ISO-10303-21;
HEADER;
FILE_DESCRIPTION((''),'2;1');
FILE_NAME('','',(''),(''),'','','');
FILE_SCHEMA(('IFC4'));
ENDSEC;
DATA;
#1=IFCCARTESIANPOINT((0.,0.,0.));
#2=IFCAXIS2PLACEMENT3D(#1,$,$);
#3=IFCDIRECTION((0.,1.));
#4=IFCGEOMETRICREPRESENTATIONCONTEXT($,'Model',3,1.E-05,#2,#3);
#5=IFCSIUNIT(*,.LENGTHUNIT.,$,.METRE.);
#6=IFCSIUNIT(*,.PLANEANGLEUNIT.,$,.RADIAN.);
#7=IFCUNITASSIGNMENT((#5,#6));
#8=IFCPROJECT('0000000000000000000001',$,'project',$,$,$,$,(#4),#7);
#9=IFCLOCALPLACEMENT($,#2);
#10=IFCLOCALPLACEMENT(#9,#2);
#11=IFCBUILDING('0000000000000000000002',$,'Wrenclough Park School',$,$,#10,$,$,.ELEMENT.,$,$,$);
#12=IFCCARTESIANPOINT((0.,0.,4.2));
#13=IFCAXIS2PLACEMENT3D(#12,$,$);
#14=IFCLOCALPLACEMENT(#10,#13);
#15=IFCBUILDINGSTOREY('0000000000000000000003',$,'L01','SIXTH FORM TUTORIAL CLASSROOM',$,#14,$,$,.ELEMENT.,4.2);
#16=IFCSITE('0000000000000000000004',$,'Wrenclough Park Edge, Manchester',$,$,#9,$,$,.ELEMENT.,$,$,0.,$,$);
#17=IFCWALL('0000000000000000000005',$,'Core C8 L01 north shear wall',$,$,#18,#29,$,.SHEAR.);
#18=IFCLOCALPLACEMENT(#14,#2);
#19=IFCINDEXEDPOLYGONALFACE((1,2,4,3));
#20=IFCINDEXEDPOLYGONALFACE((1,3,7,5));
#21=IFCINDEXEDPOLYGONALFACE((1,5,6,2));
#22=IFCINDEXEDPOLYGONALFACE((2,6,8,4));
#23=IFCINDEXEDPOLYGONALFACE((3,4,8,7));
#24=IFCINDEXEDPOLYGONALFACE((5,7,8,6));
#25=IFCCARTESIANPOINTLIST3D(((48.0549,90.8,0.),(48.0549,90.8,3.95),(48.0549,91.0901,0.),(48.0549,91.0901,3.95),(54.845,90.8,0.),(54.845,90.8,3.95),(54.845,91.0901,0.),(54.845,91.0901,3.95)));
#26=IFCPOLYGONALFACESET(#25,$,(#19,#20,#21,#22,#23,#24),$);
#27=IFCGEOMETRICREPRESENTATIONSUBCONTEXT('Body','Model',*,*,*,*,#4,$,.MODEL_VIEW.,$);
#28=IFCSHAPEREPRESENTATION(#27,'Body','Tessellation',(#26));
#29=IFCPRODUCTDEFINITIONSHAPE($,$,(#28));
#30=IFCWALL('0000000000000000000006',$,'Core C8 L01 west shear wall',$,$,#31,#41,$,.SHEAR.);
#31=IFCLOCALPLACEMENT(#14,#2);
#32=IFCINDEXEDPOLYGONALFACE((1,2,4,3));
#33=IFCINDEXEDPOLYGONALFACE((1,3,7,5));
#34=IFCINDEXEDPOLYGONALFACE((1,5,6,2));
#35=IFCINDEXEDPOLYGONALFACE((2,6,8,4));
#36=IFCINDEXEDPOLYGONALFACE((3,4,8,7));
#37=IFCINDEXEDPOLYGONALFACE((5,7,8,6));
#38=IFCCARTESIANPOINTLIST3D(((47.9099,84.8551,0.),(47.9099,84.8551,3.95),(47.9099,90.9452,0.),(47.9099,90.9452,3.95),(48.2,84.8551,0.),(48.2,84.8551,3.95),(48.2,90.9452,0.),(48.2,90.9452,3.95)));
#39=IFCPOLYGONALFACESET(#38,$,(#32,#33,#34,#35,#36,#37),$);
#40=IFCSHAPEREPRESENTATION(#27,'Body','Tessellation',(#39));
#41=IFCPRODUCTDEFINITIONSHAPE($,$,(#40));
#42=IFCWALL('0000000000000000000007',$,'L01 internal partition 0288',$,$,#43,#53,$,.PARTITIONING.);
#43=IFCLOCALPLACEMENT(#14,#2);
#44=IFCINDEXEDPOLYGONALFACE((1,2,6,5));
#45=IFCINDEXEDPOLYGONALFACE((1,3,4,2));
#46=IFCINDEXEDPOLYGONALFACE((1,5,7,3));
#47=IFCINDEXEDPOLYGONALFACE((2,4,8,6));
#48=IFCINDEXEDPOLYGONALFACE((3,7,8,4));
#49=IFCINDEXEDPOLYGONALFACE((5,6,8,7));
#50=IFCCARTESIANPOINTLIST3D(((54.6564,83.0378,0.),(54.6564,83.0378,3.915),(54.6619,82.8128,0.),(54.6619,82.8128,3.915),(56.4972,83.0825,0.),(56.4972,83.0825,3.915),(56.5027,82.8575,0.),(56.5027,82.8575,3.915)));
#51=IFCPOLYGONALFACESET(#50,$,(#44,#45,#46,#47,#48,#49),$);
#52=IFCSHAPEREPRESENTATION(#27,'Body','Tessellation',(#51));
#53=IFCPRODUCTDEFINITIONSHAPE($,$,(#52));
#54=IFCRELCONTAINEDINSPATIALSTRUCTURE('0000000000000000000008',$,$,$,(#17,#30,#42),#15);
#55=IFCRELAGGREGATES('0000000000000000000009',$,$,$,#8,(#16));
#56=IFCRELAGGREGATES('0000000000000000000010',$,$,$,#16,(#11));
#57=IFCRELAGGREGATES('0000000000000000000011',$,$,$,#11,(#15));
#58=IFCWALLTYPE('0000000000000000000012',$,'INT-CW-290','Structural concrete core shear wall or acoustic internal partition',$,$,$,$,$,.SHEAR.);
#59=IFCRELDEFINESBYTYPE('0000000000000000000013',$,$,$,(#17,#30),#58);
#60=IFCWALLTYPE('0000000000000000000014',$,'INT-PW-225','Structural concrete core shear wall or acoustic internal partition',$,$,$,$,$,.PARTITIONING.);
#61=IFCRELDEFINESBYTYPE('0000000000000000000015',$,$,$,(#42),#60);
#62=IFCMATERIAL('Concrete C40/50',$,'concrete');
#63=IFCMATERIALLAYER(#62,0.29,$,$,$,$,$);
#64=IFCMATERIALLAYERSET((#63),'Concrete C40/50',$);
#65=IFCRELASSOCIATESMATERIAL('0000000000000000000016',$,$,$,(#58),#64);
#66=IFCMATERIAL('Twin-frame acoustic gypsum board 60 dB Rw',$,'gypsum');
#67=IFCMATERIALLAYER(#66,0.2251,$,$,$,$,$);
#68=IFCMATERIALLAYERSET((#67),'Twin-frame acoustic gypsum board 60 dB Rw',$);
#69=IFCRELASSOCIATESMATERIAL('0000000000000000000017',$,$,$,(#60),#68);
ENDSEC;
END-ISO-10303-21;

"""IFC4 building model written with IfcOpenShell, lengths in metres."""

from ifc_helpers import new_model, si_unit, direction, frame, frame_2d, origin, place, context, subcontext, project, spatial, rectangle, extrude, material, layer, layer_set, type_object, element, save


model = new_model("IFC4")

# Units and contexts
model_context = context("Model", 3, precision=1e-05, world=origin(), true_north=direction((0.0, 1.0)))
body_context = subcontext(model_context, "Body", "Model", "MODEL_VIEW")
ifc_project = project(units=[si_unit("LENGTHUNIT", "METRE"), si_unit("PLANEANGLEUNIT", "RADIAN")], contexts=[model_context])

# Site, building, storey
site_placement = place(None, origin())
site = spatial("IfcSite", under=ifc_project, at=site_placement, Name="Wrenclough Park Edge, Manchester", CompositionType="ELEMENT", RefElevation=0.0)
building_placement = place(site_placement, origin())
building = spatial("IfcBuilding", under=site, at=building_placement, Name="Wrenclough Park School", CompositionType="ELEMENT")
storey_placement = place(building_placement, frame((0.0, 0.0, 4.2)))
storey = spatial("IfcBuildingStorey", under=building, at=storey_placement, Name="L01", Description="SIXTH FORM TUTORIAL CLASSROOM", CompositionType="ELEMENT", Elevation=4.2)

# Shared definitions
ifc_material_1 = material(Name="Concrete C40/50", Category="concrete")

# Shared definitions
ifc_layer_1 = layer(ifc_material_1, 0.29)
ifc_layer_set_1 = layer_set([ifc_layer_1], Name="Concrete C40/50")
wall_type_1 = type_object("IfcWallType", Name="INT-CW-290", Description="Structural concrete core shear wall or acoustic internal partition", PredefinedType="SHEAR", material=ifc_layer_set_1)

# Walls
wall_1_placement = place(storey_placement, frame((54.845, 90.9451, 0.0), z_axis=(0.0, 0.0, 1.0), x_axis=(-1.0, 0.0, 0.0)))
element("IfcWall", 1, at=wall_1_placement, inside=storey, type_object=wall_type_1, Name="Core C8 L01 north shear wall", PredefinedType="SHEAR", context=body_context, shape_type="SweptSolid", body=[
    extrude(rectangle(XDim=6.79, YDim=0.29, at=frame_2d((3.395, 0.0))), origin(), (0.0, 0.0, 1.0), 3.95),
])
wall_2_placement = place(storey_placement, frame((48.0549, 90.9451, 0.0), z_axis=(0.0, 0.0, 1.0), x_axis=(0.0, -1.0, 0.0)))
element("IfcWall", 2, at=wall_2_placement, inside=storey, type_object=wall_type_1, Name="Core C8 L01 west shear wall", PredefinedType="SHEAR", context=body_context, shape_type="SweptSolid", body=[
    extrude(rectangle(XDim=6.0901, YDim=0.29, at=frame_2d((3.0449, 0.0))), origin(), (0.0, 0.0, 1.0), 3.95),
])
ifc_material_2 = material(Name="Twin-frame acoustic gypsum board 60 dB Rw", Category="gypsum")
ifc_layer_2 = layer(ifc_material_2, 0.2251)
ifc_layer_set_2 = layer_set([ifc_layer_2], Name="Twin-frame acoustic gypsum board 60 dB Rw")
wall_type_2 = type_object("IfcWallType", Name="INT-PW-225", Description="Structural concrete core shear wall or acoustic internal partition", PredefinedType="PARTITIONING", material=ifc_layer_set_2)
wall_3_placement = place(storey_placement, frame((54.6592, 82.9253, 0.0), z_axis=(0.0, 0.0, 1.0), x_axis=(0.999706, 0.024263, 0.0)))
element("IfcWall", 3, at=wall_3_placement, inside=storey, type_object=wall_type_2, Name="L01 internal partition 0288", PredefinedType="PARTITIONING", context=body_context, shape_type="SweptSolid", body=[
    extrude(rectangle(XDim=1.8413, YDim=0.2251, at=frame_2d((0.9207, 0.0))), origin(), (0.0, 0.0, 1.0), 3.915),
])

save(model, "model.ifc")
